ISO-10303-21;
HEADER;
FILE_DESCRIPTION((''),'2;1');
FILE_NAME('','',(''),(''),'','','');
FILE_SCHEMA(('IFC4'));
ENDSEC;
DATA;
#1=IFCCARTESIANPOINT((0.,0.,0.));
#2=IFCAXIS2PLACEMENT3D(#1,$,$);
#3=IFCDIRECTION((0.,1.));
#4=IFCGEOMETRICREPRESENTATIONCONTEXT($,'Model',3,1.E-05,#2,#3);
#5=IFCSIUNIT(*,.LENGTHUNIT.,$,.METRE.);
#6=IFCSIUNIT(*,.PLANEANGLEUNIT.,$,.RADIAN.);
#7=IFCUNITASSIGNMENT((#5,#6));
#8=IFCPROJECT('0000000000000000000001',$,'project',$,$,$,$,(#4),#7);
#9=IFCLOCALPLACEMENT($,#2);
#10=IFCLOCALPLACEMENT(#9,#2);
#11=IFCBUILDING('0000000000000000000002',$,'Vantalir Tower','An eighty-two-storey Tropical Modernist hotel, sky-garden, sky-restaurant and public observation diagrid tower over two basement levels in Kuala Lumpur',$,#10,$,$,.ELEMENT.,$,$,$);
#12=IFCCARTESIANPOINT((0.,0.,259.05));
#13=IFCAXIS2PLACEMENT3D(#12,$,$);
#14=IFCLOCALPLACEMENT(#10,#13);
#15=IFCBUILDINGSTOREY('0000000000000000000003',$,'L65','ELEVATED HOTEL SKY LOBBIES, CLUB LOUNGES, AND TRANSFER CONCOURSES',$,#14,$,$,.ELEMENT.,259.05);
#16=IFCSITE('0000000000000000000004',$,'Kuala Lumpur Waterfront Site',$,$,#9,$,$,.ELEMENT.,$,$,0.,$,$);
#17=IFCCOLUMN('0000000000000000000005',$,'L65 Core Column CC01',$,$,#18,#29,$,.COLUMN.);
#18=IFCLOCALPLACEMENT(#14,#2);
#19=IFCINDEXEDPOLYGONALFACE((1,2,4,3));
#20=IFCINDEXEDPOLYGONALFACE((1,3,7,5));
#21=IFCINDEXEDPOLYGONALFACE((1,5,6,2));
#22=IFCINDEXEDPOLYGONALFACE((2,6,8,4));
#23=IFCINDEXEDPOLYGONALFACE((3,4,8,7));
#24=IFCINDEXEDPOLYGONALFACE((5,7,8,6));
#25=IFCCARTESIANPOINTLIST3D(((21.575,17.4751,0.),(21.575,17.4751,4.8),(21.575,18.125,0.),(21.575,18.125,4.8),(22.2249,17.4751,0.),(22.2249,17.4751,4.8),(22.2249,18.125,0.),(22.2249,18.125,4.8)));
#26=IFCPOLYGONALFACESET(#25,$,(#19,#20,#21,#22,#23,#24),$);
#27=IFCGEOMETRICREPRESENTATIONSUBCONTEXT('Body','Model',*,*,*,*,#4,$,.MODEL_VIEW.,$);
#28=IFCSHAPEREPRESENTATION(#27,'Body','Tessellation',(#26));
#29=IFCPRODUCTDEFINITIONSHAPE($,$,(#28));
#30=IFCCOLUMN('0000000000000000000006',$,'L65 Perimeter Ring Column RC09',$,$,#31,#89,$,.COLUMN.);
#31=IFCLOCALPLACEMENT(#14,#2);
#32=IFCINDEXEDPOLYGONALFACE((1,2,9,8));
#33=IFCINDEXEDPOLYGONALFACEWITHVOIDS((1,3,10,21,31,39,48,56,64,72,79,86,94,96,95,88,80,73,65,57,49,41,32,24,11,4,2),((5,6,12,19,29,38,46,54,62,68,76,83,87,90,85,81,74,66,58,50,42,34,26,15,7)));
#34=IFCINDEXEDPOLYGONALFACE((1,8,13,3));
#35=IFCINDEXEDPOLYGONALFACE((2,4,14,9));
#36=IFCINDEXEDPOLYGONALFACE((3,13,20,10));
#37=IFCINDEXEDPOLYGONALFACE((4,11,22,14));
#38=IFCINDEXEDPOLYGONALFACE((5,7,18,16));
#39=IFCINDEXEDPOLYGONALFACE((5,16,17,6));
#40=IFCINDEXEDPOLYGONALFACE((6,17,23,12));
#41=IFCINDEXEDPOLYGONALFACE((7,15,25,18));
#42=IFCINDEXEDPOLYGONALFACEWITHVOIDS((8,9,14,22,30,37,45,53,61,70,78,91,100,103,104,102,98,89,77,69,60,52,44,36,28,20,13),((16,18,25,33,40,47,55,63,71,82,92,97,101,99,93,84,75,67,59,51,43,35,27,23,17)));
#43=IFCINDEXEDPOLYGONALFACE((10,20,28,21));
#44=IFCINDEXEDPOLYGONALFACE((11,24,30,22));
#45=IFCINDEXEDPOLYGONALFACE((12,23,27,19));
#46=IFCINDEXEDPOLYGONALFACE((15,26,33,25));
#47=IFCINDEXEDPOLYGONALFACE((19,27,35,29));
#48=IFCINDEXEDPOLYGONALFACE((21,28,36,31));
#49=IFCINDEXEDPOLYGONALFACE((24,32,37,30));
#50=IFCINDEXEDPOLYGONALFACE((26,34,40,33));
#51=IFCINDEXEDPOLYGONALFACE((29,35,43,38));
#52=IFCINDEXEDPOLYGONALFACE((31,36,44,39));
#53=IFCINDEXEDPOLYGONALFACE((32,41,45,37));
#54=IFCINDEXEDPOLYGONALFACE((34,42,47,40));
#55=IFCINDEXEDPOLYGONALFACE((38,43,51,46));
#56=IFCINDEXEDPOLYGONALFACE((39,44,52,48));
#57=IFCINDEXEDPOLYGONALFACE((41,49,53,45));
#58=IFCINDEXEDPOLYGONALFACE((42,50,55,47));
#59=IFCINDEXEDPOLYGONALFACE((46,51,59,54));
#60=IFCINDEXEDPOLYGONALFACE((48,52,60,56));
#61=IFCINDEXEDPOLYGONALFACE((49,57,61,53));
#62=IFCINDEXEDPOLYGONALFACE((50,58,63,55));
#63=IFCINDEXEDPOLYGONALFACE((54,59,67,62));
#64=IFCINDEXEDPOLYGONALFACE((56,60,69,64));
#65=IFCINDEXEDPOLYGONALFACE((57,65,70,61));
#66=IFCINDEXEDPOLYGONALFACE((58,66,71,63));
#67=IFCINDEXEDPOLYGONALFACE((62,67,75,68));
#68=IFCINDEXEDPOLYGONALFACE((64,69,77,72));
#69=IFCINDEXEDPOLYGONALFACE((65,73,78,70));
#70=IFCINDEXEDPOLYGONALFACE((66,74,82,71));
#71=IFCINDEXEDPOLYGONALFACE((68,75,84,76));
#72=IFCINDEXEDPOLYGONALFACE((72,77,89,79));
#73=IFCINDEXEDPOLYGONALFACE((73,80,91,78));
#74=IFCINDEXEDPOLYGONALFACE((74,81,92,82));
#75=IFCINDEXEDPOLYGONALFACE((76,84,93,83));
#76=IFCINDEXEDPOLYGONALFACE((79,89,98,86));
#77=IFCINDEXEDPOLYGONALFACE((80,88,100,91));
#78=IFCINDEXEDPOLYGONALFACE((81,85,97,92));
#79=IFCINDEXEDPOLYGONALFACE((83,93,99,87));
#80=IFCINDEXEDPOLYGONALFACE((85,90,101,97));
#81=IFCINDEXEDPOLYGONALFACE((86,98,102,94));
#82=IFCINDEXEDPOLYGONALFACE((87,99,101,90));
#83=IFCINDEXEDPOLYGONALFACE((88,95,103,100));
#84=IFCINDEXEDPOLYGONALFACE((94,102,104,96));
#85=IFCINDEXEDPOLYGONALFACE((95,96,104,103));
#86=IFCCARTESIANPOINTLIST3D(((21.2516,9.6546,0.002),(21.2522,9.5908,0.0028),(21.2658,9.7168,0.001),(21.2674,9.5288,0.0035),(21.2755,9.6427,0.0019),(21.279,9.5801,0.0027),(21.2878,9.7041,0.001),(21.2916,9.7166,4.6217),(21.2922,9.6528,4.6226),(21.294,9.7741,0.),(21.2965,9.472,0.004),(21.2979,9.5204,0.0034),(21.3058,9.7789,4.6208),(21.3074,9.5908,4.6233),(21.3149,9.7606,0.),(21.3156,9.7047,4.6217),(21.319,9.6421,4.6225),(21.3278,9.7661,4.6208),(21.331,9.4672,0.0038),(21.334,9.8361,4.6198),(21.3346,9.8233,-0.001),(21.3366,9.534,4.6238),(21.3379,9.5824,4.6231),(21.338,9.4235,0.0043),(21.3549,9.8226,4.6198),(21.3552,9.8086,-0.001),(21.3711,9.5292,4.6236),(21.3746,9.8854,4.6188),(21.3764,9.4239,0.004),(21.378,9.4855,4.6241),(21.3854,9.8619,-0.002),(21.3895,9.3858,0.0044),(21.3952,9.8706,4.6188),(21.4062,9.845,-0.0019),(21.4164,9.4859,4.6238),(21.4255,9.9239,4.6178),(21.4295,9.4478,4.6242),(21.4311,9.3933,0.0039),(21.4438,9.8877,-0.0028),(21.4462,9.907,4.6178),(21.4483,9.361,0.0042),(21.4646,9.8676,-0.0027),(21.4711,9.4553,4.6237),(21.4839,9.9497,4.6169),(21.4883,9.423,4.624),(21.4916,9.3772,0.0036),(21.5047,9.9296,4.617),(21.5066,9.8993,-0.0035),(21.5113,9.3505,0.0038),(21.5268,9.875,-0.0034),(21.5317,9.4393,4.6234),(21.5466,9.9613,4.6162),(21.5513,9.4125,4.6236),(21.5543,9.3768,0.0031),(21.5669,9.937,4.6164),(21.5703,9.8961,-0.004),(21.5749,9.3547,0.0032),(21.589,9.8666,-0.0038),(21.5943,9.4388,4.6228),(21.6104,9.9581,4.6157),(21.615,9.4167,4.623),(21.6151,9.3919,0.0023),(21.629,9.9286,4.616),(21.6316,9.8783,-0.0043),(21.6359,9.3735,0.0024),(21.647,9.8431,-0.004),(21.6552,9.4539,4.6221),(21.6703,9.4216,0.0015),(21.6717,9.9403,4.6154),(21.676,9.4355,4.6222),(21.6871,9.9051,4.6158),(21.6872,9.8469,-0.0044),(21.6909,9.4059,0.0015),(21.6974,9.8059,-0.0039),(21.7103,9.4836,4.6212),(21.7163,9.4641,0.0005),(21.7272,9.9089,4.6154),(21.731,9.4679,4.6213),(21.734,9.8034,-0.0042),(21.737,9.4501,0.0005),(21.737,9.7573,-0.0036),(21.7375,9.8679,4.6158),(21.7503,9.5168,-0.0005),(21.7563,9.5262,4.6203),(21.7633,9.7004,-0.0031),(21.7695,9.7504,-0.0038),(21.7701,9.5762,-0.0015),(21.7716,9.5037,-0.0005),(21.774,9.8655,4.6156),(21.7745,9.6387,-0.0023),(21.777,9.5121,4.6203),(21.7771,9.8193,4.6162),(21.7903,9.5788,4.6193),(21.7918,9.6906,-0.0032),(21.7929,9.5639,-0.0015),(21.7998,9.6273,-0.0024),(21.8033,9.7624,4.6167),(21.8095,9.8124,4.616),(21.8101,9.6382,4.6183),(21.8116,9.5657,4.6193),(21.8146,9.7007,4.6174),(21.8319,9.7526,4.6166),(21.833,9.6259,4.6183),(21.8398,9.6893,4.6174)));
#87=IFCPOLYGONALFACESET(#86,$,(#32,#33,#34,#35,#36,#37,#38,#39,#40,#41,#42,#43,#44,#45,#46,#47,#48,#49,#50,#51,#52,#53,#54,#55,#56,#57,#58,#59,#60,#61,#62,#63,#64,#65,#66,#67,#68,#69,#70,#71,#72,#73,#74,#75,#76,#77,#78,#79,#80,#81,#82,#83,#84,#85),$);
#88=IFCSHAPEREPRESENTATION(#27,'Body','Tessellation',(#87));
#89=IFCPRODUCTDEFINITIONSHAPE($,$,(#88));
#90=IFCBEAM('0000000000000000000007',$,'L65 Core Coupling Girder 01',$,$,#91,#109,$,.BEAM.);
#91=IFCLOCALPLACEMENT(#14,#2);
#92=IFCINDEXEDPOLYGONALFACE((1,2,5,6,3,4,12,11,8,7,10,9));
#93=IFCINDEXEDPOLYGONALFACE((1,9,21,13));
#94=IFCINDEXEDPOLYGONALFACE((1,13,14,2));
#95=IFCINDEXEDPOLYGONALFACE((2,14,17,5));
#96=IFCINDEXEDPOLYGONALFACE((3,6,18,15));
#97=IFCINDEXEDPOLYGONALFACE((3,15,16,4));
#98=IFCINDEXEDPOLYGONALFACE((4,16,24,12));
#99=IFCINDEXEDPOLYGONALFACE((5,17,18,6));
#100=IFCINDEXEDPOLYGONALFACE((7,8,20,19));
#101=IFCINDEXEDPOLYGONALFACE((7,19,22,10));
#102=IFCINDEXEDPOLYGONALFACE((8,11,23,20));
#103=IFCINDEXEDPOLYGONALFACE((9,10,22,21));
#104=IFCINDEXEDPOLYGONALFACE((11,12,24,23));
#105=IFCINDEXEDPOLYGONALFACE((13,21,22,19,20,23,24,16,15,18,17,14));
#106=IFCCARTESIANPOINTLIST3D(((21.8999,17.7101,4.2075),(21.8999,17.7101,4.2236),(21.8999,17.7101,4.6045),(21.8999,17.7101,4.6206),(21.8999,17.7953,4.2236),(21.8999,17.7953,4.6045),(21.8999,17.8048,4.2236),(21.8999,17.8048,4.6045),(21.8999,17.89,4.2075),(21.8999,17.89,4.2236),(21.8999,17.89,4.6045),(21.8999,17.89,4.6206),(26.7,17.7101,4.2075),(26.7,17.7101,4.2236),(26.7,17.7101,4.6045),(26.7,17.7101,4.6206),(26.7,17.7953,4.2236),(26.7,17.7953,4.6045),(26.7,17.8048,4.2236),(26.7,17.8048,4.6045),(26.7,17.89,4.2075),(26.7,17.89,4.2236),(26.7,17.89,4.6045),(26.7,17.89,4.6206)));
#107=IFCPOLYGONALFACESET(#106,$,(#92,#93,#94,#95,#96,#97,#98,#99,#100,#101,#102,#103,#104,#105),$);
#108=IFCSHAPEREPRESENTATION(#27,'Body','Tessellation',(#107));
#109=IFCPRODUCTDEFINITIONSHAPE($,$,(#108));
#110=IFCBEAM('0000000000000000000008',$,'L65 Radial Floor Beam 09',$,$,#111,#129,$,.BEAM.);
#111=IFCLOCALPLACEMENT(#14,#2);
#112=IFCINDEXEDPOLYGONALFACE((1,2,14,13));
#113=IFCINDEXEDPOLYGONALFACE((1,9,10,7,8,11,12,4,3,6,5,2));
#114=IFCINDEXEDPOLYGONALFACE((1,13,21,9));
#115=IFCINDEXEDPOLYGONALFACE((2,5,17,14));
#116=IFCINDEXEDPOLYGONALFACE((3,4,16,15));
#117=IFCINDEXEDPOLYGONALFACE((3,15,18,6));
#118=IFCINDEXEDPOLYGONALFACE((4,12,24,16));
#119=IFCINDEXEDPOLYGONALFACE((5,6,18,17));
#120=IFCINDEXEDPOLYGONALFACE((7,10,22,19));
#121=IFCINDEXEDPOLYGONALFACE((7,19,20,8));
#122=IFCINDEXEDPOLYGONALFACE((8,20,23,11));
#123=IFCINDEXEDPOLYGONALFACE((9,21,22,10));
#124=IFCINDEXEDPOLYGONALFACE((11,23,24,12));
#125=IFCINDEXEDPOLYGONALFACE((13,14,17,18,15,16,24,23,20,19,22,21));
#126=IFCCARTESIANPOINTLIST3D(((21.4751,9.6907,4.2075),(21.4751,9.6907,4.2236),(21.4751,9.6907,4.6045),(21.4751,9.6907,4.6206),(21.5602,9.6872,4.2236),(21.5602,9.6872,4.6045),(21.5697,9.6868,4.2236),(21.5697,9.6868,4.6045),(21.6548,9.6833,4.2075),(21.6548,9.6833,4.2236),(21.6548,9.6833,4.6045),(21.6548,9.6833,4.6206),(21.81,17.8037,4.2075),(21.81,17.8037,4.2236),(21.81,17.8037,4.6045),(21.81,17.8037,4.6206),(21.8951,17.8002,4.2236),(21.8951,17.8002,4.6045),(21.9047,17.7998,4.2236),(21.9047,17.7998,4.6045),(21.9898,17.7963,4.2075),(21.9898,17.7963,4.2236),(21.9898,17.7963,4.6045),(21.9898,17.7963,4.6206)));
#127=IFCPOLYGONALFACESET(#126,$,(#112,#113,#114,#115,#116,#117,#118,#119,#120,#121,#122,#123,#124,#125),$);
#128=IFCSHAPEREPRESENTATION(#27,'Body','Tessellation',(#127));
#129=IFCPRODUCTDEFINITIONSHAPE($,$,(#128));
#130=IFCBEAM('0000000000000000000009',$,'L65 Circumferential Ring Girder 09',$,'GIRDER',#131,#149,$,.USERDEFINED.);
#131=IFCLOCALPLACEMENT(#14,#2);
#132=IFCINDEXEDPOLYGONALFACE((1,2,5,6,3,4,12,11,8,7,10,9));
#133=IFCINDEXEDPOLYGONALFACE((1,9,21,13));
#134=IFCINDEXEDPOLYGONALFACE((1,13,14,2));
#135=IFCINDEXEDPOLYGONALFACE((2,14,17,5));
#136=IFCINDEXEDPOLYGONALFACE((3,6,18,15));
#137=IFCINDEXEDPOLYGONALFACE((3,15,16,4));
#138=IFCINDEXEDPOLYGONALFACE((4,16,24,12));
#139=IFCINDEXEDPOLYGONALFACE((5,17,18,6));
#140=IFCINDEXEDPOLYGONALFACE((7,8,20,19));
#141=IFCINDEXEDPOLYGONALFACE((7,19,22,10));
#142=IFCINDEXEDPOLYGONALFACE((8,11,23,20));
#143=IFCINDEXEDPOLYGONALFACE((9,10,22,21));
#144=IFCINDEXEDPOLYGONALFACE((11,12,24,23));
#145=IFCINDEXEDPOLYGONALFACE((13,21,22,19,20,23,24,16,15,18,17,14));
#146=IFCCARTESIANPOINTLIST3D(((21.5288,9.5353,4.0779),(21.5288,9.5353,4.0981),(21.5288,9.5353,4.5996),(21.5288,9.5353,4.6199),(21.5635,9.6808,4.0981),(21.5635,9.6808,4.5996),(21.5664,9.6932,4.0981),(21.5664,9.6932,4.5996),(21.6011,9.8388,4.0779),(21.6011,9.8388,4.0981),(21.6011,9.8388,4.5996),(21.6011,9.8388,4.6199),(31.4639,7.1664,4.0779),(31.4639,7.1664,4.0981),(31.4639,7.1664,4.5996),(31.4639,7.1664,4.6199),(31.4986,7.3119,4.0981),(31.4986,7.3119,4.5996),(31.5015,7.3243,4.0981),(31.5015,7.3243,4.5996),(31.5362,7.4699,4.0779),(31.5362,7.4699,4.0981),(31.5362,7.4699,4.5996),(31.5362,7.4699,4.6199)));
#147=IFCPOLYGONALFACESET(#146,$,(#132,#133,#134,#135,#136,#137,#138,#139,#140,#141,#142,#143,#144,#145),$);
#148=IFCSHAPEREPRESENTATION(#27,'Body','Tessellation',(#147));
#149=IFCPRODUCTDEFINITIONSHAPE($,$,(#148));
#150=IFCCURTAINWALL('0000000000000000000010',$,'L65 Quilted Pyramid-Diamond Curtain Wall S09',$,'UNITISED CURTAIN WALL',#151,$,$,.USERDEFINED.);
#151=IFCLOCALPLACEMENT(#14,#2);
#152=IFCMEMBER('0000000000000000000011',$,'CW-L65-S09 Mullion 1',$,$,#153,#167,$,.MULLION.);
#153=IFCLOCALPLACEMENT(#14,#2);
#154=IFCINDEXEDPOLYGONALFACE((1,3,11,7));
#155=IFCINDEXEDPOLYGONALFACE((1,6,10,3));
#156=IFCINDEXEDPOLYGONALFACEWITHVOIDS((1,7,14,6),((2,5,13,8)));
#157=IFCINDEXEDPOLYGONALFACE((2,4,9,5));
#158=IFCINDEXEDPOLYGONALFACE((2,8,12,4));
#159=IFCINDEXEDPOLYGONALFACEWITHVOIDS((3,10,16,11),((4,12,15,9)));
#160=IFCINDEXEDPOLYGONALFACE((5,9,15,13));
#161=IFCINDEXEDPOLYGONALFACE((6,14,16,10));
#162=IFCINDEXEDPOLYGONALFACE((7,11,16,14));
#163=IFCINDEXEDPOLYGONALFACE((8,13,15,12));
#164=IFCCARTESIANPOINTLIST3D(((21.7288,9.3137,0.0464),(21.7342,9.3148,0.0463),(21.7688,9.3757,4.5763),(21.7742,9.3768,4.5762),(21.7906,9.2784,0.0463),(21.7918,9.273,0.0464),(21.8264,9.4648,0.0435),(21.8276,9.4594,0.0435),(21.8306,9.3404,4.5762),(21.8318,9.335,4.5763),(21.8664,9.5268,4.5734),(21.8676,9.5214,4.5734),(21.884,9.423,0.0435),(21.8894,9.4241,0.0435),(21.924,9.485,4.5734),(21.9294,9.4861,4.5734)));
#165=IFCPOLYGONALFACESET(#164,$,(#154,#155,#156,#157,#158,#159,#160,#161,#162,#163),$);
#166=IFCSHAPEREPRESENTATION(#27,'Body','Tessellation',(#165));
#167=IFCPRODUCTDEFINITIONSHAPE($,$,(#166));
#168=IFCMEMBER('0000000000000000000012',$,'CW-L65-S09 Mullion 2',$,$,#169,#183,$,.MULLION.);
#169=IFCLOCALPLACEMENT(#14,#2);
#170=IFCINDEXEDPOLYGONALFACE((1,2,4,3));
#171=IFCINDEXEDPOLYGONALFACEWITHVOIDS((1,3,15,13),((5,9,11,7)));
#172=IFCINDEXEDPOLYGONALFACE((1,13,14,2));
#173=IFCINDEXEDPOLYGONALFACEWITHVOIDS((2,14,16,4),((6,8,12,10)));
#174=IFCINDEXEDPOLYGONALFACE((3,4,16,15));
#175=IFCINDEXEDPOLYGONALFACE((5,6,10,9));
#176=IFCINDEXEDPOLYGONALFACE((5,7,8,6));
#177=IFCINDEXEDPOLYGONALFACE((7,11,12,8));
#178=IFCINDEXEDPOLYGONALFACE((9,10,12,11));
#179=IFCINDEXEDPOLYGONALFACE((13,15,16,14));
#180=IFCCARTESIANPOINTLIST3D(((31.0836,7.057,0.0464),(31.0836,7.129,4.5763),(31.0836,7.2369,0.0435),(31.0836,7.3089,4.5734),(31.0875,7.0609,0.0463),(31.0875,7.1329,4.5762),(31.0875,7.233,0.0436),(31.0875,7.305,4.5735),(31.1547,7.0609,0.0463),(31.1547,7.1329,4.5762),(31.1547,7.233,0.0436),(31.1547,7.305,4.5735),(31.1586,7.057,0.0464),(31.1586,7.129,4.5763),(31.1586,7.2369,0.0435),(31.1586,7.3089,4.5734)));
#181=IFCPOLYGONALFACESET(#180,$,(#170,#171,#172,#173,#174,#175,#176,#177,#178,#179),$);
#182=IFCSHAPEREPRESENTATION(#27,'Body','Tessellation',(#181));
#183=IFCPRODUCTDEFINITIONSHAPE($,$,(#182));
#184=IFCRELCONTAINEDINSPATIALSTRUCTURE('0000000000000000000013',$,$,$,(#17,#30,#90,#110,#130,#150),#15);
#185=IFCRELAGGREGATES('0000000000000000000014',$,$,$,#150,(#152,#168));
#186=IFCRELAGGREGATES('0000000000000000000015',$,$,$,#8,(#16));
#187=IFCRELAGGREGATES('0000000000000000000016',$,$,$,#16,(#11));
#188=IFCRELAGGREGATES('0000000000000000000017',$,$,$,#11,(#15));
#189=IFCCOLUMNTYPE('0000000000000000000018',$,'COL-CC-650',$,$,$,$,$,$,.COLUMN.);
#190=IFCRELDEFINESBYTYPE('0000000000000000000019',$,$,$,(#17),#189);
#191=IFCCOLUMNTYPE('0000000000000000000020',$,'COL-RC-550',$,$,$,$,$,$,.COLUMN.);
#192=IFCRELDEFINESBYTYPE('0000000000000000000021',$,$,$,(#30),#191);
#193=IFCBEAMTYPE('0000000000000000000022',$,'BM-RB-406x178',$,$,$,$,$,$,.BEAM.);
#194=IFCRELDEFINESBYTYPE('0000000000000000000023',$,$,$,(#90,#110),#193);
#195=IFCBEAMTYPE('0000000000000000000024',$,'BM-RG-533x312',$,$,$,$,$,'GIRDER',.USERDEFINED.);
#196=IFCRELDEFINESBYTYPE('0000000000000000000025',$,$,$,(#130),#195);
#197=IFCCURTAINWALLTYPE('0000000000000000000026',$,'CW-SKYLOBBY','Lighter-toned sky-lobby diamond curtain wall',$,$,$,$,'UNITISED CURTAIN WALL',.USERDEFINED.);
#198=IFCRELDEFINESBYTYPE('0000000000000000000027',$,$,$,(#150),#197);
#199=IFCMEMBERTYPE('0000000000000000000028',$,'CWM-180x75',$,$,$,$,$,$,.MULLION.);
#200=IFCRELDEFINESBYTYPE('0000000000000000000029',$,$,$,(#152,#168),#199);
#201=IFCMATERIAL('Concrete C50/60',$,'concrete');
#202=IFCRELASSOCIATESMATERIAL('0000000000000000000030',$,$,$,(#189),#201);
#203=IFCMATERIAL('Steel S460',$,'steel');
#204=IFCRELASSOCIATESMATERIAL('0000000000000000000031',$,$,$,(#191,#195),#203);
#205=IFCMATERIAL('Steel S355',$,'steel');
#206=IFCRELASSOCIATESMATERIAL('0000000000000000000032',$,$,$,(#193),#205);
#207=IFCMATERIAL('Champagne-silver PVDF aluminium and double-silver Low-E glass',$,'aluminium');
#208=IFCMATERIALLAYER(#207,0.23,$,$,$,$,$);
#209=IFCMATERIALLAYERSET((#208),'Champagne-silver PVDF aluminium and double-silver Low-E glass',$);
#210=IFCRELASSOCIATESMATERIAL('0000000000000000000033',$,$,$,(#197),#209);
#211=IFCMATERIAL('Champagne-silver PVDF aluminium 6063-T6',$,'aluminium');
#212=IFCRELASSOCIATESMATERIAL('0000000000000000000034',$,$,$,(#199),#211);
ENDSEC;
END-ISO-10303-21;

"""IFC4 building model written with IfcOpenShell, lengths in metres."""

from ifc_helpers import new_model, si_unit, direction, frame, origin, origin_2d, place, context, subcontext, project, spatial, rectangle, hollow_rectangle, hollow_circle, i_section, extrude, material, layer, layer_set, material_profile, profile_set, type_object, element, aggregate, save


model = new_model("IFC4")

# Units and contexts
model_context = context("Model", 3, precision=1e-05, world=origin(), true_north=direction((0.0, 1.0)))
body_context = subcontext(model_context, "Body", "Model", "MODEL_VIEW")
ifc_project = project(units=[si_unit("LENGTHUNIT", "METRE"), si_unit("PLANEANGLEUNIT", "RADIAN")], contexts=[model_context])

# Site, building, storey
site_placement = place(None, origin())
site = spatial("IfcSite", under=ifc_project, at=site_placement, Name="Kuala Lumpur Waterfront Site", CompositionType="ELEMENT", RefElevation=0.0)
building_placement = place(site_placement, origin())
building = spatial("IfcBuilding", under=site, at=building_placement, Name="Vantalir Tower", Description="An eighty-two-storey Tropical Modernist hotel, sky-garden, sky-restaurant and public observation diagrid tower over two basement levels in Kuala Lumpur", CompositionType="ELEMENT")
storey_placement = place(building_placement, frame((0.0, 0.0, 259.05)))
storey = spatial("IfcBuildingStorey", under=building, at=storey_placement, Name="L65", Description="ELEVATED HOTEL SKY LOBBIES, CLUB LOUNGES, AND TRANSFER CONCOURSES", CompositionType="ELEMENT", Elevation=259.05)

# Columns
ifc_material_1 = material(Name="Concrete C50/60", Category="concrete")
ifc_material_profile_1 = material_profile(ifc_material_1, rectangle(XDim=0.6499, YDim=0.6499, at=origin_2d()), Name="Concrete C50/60")
ifc_profile_set_1 = profile_set([ifc_material_profile_1], Name="Concrete C50/60")
column_type_1 = type_object("IfcColumnType", Name="COL-CC-650", PredefinedType="COLUMN", material=ifc_profile_set_1)
column_1_placement = place(storey_placement, frame((21.8999, 17.8, 0.0), z_axis=(0.0, 0.0, 1.0), x_axis=(1.0, 0.0, 0.0)))
element("IfcColumn", 1, at=column_1_placement, inside=storey, type_object=column_type_1, Name="L65 Core Column CC01", PredefinedType="COLUMN", context=body_context, shape_type="SweptSolid", body=[
    extrude(rectangle(XDim=0.6499, YDim=0.6499, at=origin_2d()), origin(), (0.0, 0.0, 1.0), 4.8),
])
ifc_material_2 = material(Name="Steel S460", Category="steel")
ifc_material_profile_2 = material_profile(ifc_material_2, hollow_circle(Radius=0.2749, WallThickness=0.0249, at=origin_2d()), Name="Steel S460")
ifc_profile_set_2 = profile_set([ifc_material_profile_2], Name="Steel S460")
column_type_2 = type_object("IfcColumnType", Name="COL-RC-550", PredefinedType="COLUMN", material=ifc_profile_set_2)
column_2_placement = place(storey_placement, frame((21.5249, 9.625, 0.0), z_axis=(0.008666, 0.013421, 0.999872), x_axis=(-0.840102, 0.542428, 0.0)))
element("IfcColumn", 2, at=column_2_placement, inside=storey, type_object=column_type_2, Name="L65 Perimeter Ring Column RC09", PredefinedType="COLUMN", context=body_context, shape_type="SweptSolid", body=[
    extrude(hollow_circle(Radius=0.2749, WallThickness=0.0249, at=origin_2d()), origin(), (0.0, 0.0, 1.0), 4.6204),
])

# Beams
ifc_material_3 = material(Name="Steel S355", Category="steel")
ifc_material_profile_3 = material_profile(ifc_material_3, i_section(OverallWidth=0.1799, OverallDepth=0.4131, WebThickness=0.0095, FlangeThickness=0.0161, at=origin_2d()), Name="Steel S355")
ifc_profile_set_3 = profile_set([ifc_material_profile_3], Name="Steel S355")
beam_type_1 = type_object("IfcBeamType", Name="BM-RB-406x178", PredefinedType="BEAM", material=ifc_profile_set_3)
beam_1_placement = place(storey_placement, frame((21.8999, 17.8, 4.4141), z_axis=(1.0, 0.0, 0.0), x_axis=(0.0, 1.0, 0.0)))
element("IfcBeam", 3, at=beam_1_placement, inside=storey, type_object=beam_type_1, Name="L65 Core Coupling Girder 01", PredefinedType="BEAM", context=body_context, shape_type="SweptSolid", body=[
    extrude(i_section(OverallWidth=0.1799, OverallDepth=0.4131, WebThickness=0.0095, FlangeThickness=0.0161, at=origin_2d()), origin(), (0.0, 0.0, 1.0), 4.8),
])
beam_2_placement = place(storey_placement, frame((21.5649, 9.687, 4.4141), z_axis=(0.041252, 0.999149, 0.0), x_axis=(-0.999149, 0.041252, 0.0)))
element("IfcBeam", 4, at=beam_2_placement, inside=storey, type_object=beam_type_1, Name="L65 Radial Floor Beam 09", PredefinedType="BEAM", context=body_context, shape_type="SweptSolid", body=[
    extrude(i_section(OverallWidth=0.1799, OverallDepth=0.4131, WebThickness=0.0095, FlangeThickness=0.0161, at=origin_2d()), origin(), (0.0, 0.0, 1.0), 8.1199),
])
ifc_material_profile_4 = material_profile(ifc_material_2, i_section(OverallWidth=0.312, OverallDepth=0.542, WebThickness=0.0127, FlangeThickness=0.0203, at=origin_2d()), Name="Steel S460")
ifc_profile_set_4 = profile_set([ifc_material_profile_4], Name="Steel S460")
beam_type_2 = type_object("IfcBeamType", Name="BM-RG-533x312", ElementType="GIRDER", PredefinedType="USERDEFINED", material=ifc_profile_set_4)
beam_3_placement = place(storey_placement, frame((21.5649, 9.687, 4.3489), z_axis=(0.972731, -0.231936, 0.0), x_axis=(0.231936, 0.972731, 0.0)))
element("IfcBeam", 5, at=beam_3_placement, inside=storey, type_object=beam_type_2, Name="L65 Circumferential Ring Girder 09", ObjectType="GIRDER", PredefinedType="USERDEFINED", context=body_context, shape_type="SweptSolid", body=[
    extrude(i_section(OverallWidth=0.312, OverallDepth=0.542, WebThickness=0.0127, FlangeThickness=0.0203, at=origin_2d()), origin(), (0.0, 0.0, 1.0), 10.2136),
])

# Curtain wall, members
ifc_material_4 = material(Name="Champagne-silver PVDF aluminium and double-silver Low-E glass", Category="aluminium")
ifc_layer_1 = layer(ifc_material_4, 0.23)
ifc_layer_set_1 = layer_set([ifc_layer_1], Name="Champagne-silver PVDF aluminium and double-silver Low-E glass")
curtain_wall_type = type_object("IfcCurtainWallType", Name="CW-SKYLOBBY", Description="Lighter-toned sky-lobby diamond curtain wall", ElementType="UNITISED CURTAIN WALL", PredefinedType="USERDEFINED", material=ifc_layer_set_1)
curtain_wall_placement = place(storey_placement, origin())
curtain_wall = element("IfcCurtainWall", 6, at=curtain_wall_placement, inside=storey, type_object=curtain_wall_type, Name="L65 Quilted Pyramid-Diamond Curtain Wall S09", ObjectType="UNITISED CURTAIN WALL", PredefinedType="USERDEFINED")
ifc_material_5 = material(Name="Champagne-silver PVDF aluminium 6063-T6", Category="aluminium")
ifc_material_profile_5 = material_profile(ifc_material_5, hollow_rectangle(XDim=0.075, YDim=0.1799, WallThickness=0.0039, at=origin_2d()), Name="Champagne-silver PVDF aluminium 6063-T6")
ifc_profile_set_5 = profile_set([ifc_material_profile_5], Name="Champagne-silver PVDF aluminium 6063-T6")
member_type_1 = type_object("IfcMemberType", Name="CWM-180x75", PredefinedType="MULLION", material=ifc_profile_set_5)
member_1_placement = place(storey_placement, frame((21.8091, 9.3689, 0.0449), z_axis=(0.008837, 0.013687, 0.999867), x_axis=(-0.840102, 0.542428, 0.0)))
member_1 = element("IfcMember", 7, at=member_1_placement, type_object=member_type_1, Name="CW-L65-S09 Mullion 1", PredefinedType="MULLION", context=body_context, shape_type="SweptSolid", body=[
    extrude(hollow_rectangle(XDim=0.075, YDim=0.1799, WallThickness=0.0039, at=origin_2d()), origin(), (0.0, 0.0, 1.0), 4.5305),
])
member_2_placement = place(storey_placement, frame((31.1211, 7.147, 0.0449), z_axis=(0.0, 0.015897, 0.999874), x_axis=(-1.0, 0.0, 0.0)))
member_2 = element("IfcMember", 8, at=member_2_placement, type_object=member_type_1, Name="CW-L65-S09 Mullion 2", PredefinedType="MULLION", context=body_context, shape_type="SweptSolid", body=[
    extrude(hollow_rectangle(XDim=0.075, YDim=0.1799, WallThickness=0.0039, at=origin_2d()), origin(), (0.0, 0.0, 1.0), 4.5305),
])

aggregate(curtain_wall, [member_1, member_2])

save(model, "model.ifc")
